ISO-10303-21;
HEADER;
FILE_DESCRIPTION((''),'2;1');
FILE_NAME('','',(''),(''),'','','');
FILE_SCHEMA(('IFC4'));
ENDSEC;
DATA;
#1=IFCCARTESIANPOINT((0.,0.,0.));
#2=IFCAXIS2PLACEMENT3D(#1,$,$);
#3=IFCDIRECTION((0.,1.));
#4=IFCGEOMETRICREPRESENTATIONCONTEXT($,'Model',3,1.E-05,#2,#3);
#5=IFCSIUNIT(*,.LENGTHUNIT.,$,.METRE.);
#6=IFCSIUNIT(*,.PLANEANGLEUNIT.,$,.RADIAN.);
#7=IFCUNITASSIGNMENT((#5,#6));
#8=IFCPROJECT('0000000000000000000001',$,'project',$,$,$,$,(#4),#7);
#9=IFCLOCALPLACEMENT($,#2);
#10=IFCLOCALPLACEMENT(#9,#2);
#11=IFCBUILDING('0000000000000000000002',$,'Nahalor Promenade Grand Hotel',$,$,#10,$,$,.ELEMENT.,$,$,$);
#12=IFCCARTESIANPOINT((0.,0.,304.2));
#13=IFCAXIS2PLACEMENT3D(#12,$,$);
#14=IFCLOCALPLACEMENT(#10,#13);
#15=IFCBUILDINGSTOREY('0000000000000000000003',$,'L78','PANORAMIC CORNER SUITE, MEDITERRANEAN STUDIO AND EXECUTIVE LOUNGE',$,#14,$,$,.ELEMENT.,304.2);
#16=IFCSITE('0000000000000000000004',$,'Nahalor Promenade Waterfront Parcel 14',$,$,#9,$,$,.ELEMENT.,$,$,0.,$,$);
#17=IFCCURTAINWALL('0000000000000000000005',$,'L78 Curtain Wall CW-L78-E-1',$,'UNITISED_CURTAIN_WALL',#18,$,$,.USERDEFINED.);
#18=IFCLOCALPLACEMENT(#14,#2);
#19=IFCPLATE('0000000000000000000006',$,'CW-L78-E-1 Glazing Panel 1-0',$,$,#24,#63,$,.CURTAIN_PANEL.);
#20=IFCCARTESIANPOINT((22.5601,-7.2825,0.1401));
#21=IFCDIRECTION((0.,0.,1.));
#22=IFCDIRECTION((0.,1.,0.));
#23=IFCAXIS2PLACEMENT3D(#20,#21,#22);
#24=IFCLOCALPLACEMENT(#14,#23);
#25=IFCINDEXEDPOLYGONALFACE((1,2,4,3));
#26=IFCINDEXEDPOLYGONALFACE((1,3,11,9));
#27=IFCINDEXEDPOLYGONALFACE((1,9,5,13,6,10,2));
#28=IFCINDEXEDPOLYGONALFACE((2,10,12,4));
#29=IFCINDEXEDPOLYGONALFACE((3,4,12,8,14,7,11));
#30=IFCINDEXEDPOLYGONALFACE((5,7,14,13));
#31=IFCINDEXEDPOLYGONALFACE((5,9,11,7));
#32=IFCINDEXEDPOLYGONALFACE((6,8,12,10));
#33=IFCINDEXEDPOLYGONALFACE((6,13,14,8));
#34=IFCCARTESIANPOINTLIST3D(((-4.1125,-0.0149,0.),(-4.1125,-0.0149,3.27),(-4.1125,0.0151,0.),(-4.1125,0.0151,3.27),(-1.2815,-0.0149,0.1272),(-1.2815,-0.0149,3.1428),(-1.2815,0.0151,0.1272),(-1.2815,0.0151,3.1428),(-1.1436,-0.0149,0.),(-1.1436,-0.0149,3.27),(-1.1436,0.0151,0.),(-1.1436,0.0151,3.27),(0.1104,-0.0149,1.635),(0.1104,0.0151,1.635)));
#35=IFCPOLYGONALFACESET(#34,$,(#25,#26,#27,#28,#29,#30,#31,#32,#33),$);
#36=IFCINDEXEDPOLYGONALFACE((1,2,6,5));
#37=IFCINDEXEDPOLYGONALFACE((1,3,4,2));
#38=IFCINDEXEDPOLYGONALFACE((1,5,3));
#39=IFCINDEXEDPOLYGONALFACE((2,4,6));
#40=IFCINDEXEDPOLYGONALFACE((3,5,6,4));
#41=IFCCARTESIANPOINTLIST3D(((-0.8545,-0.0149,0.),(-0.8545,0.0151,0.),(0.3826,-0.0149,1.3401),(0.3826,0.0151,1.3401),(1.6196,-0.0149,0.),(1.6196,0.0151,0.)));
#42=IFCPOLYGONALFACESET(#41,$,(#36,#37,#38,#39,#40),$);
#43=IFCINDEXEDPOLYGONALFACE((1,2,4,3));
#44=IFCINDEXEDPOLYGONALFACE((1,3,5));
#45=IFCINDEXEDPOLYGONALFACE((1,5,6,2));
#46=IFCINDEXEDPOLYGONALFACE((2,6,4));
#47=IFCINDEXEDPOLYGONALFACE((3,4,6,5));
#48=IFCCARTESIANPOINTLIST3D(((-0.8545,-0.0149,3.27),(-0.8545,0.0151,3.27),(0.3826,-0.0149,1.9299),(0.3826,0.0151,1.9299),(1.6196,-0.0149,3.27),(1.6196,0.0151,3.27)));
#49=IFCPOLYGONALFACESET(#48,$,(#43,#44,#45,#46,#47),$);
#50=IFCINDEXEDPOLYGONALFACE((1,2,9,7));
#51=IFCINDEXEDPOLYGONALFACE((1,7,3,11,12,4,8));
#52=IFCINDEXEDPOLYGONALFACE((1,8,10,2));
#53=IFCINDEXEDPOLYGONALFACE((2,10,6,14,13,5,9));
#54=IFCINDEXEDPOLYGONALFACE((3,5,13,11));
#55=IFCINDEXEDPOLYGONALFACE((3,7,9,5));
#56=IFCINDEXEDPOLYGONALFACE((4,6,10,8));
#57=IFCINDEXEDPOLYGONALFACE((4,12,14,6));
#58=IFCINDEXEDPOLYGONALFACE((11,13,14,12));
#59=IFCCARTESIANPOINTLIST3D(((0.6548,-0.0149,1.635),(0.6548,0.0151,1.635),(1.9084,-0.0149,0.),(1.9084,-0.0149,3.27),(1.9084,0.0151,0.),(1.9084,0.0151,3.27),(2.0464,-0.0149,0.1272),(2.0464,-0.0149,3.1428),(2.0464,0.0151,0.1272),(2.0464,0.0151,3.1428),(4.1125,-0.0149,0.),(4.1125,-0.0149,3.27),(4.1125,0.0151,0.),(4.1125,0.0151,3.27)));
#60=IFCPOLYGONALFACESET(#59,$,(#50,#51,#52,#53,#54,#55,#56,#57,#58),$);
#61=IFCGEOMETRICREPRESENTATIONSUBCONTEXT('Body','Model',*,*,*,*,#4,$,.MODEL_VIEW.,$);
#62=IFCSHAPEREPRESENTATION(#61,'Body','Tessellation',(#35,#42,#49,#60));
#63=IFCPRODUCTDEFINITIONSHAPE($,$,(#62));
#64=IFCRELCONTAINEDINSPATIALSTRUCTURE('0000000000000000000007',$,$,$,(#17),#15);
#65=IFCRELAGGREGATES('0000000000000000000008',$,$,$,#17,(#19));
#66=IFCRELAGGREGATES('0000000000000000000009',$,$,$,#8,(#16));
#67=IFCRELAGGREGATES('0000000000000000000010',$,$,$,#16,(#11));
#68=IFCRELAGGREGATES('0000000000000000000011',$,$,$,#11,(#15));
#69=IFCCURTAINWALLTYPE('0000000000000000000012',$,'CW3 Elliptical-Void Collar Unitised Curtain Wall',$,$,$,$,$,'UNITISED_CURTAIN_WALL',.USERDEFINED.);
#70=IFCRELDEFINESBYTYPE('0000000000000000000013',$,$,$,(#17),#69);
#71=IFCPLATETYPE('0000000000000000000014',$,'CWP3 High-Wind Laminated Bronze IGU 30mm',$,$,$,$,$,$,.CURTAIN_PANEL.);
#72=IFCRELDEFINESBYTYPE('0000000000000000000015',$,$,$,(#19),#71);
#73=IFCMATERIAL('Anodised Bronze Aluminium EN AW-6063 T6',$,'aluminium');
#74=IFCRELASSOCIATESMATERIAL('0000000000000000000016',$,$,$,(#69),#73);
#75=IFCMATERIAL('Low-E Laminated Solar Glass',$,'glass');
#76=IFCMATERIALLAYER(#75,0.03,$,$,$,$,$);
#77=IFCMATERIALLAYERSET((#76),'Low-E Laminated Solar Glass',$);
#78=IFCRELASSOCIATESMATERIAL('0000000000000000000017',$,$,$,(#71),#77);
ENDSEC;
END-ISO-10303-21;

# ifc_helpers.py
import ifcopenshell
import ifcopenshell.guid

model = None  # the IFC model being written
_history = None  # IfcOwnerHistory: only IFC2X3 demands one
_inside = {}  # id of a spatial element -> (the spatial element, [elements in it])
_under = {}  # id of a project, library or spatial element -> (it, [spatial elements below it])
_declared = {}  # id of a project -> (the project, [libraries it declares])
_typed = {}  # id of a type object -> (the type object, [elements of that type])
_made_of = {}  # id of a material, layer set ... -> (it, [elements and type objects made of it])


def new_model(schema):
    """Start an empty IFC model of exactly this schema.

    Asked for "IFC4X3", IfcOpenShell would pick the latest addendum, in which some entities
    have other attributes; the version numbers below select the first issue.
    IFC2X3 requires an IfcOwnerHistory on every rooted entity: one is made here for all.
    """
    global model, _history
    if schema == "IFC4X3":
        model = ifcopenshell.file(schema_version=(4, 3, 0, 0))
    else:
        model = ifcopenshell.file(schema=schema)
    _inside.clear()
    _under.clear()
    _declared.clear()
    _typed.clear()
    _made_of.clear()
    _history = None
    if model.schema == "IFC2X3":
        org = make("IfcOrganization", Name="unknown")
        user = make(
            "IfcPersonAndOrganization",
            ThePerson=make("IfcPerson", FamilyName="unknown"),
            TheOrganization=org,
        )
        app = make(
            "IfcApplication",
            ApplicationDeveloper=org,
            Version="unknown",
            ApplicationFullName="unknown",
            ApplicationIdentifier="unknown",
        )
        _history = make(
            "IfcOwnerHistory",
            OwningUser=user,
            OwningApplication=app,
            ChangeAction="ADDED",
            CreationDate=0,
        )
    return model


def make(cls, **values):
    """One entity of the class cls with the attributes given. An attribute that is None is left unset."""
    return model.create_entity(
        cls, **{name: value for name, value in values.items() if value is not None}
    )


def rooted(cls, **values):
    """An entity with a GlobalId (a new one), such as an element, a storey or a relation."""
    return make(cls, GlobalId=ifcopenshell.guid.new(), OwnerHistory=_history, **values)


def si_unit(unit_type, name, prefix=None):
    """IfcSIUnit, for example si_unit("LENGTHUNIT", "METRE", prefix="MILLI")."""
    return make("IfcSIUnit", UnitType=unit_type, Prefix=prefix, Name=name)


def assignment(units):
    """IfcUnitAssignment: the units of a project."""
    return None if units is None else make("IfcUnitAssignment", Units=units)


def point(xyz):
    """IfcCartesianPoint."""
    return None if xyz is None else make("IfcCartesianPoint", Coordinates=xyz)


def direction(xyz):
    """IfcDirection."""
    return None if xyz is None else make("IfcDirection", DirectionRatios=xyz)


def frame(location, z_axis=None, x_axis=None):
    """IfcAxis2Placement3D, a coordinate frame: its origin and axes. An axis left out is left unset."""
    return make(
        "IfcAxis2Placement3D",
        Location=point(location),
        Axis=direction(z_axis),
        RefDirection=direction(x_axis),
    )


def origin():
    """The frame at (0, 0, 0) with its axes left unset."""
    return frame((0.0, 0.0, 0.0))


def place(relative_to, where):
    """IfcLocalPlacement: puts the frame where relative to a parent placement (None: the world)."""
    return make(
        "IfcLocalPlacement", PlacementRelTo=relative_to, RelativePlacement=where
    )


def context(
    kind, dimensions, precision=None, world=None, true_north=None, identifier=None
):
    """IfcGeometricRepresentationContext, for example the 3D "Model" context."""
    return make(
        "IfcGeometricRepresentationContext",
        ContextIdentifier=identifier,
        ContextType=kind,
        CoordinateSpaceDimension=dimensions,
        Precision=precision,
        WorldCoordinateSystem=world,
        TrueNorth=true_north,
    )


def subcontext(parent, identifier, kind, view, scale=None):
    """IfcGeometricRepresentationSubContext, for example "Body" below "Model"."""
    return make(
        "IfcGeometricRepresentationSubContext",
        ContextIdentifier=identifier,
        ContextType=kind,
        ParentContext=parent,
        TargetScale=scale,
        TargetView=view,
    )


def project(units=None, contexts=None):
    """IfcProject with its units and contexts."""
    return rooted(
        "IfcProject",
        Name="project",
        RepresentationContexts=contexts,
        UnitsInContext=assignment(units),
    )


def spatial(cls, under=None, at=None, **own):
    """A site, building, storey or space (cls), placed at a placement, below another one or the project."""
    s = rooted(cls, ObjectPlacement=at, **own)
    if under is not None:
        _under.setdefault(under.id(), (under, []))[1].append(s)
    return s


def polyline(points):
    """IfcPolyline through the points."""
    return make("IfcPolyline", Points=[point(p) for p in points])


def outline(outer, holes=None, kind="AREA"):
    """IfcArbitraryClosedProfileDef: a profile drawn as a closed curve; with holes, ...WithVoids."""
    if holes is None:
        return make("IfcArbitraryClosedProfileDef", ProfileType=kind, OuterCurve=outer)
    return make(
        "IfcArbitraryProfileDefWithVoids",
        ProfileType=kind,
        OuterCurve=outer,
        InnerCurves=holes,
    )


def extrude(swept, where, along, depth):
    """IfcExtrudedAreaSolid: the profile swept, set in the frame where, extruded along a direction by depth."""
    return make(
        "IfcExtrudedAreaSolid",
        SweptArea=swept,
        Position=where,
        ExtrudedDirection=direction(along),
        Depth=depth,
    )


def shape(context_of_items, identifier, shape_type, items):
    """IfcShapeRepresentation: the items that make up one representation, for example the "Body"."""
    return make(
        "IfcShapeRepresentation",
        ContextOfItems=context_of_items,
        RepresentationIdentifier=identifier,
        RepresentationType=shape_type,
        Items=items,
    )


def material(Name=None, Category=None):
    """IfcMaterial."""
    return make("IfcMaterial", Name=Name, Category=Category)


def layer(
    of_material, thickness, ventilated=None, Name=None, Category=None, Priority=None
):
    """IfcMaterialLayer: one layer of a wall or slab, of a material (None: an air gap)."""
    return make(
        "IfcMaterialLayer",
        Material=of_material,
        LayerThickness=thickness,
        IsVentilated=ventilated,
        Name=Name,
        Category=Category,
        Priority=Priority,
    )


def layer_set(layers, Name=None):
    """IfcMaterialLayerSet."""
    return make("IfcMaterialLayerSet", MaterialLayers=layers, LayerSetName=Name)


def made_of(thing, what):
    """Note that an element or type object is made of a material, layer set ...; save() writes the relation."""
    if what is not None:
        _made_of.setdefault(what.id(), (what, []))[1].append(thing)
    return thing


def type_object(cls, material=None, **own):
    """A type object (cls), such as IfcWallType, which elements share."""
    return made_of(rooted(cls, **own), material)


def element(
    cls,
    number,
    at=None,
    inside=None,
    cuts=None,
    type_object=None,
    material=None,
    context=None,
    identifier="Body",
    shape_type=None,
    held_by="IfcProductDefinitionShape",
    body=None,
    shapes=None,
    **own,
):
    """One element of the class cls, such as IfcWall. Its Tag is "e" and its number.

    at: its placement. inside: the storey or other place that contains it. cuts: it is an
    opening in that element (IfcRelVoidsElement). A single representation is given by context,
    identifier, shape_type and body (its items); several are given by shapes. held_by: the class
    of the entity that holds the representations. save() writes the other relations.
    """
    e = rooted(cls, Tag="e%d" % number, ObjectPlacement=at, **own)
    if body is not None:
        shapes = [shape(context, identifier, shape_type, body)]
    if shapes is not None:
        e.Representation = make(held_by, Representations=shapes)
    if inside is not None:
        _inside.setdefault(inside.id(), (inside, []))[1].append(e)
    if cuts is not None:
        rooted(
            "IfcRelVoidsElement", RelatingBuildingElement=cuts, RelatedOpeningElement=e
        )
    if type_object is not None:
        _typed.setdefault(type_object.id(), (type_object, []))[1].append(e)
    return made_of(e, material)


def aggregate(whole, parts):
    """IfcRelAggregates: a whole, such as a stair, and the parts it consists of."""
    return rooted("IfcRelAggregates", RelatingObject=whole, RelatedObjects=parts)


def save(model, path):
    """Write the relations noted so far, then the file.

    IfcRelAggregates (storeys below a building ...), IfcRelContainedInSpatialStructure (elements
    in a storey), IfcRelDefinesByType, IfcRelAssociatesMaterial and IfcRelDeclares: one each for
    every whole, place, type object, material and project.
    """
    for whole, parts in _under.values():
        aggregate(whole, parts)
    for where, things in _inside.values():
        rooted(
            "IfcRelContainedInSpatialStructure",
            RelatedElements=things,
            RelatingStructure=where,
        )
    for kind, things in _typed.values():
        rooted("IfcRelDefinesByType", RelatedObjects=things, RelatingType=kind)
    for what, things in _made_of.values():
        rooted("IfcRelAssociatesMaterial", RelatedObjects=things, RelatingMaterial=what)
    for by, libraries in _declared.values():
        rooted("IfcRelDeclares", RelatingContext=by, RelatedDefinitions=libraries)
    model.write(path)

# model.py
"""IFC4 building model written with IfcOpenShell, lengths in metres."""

from ifc_helpers import new_model, si_unit, direction, frame, origin, place, context, subcontext, project, spatial, polyline, outline, extrude, material, layer, layer_set, type_object, element, aggregate, save


model = new_model("IFC4")

# Units and contexts
model_context = context("Model", 3, precision=1e-05, world=origin(), true_north=direction((0.0, 1.0)))
body_context = subcontext(model_context, "Body", "Model", "MODEL_VIEW")
ifc_project = project(units=[si_unit("LENGTHUNIT", "METRE"), si_unit("PLANEANGLEUNIT", "RADIAN")], contexts=[model_context])

# Site, building, storey
site_placement = place(None, origin())
site = spatial("IfcSite", under=ifc_project, at=site_placement, Name="Nahalor Promenade Waterfront Parcel 14", CompositionType="ELEMENT", RefElevation=0.0)
building_placement = place(site_placement, origin())
building = spatial("IfcBuilding", under=site, at=building_placement, Name="Nahalor Promenade Grand Hotel", CompositionType="ELEMENT")
storey_placement = place(building_placement, frame((0.0, 0.0, 304.2)))
storey = spatial("IfcBuildingStorey", under=building, at=storey_placement, Name="L78", Description="PANORAMIC CORNER SUITE, MEDITERRANEAN STUDIO AND EXECUTIVE LOUNGE", CompositionType="ELEMENT", Elevation=304.2)

# Shared definitions
ifc_material_1 = material(Name="Anodised Bronze Aluminium EN AW-6063 T6", Category="aluminium")

# Curtain wall
curtain_wall_type_1 = type_object("IfcCurtainWallType", Name="CW3 Elliptical-Void Collar Unitised Curtain Wall", ElementType="UNITISED_CURTAIN_WALL", PredefinedType="USERDEFINED", material=ifc_material_1)
curtain_wall_1_placement = place(storey_placement, origin())
curtain_wall_1 = element("IfcCurtainWall", 1, at=curtain_wall_1_placement, inside=storey, type_object=curtain_wall_type_1, Name="L78 Curtain Wall CW-L78-E-1", ObjectType="UNITISED_CURTAIN_WALL", PredefinedType="USERDEFINED")

# Plate
ifc_material_2 = material(Name="Low-E Laminated Solar Glass", Category="glass")
ifc_layer_1 = layer(ifc_material_2, 0.03)
ifc_layer_set_1 = layer_set([ifc_layer_1], Name="Low-E Laminated Solar Glass")
plate_type_1 = type_object("IfcPlateType", Name="CWP3 High-Wind Laminated Bronze IGU 30mm", PredefinedType="CURTAIN_PANEL", material=ifc_layer_set_1)
plate_1_placement = place(storey_placement, frame((22.5601, -7.2825, 0.1401), z_axis=(0.0, 0.0, 1.0), x_axis=(0.0, 1.0, 0.0)))
plate_1 = element("IfcPlate", 2, at=plate_1_placement, type_object=plate_type_1, Name="CW-L78-E-1 Glazing Panel 1-0", PredefinedType="CURTAIN_PANEL", context=body_context, shape_type="SweptSolid", body=[
    extrude(outline(polyline([(-4.1125, 3.27), (-4.1125, 0.0), (-1.1436, 0.0), (-1.2815, 0.1272), (0.1104, 1.635), (-1.2815, 3.1428), (-1.1436, 3.27), (-4.1125, 3.27)])), frame((0.0, 0.0151, 0.0), z_axis=(0.0, -1.0, 0.0), x_axis=(1.0, 0.0, 0.0)), (0.0, 0.0, 1.0), 0.03),
    extrude(outline(polyline([(0.3826, 1.3401), (-0.8545, 0.0), (1.6196, 0.0), (0.3826, 1.3401)])), frame((0.0, 0.0151, 0.0), z_axis=(0.0, -1.0, 0.0), x_axis=(1.0, 0.0, 0.0)), (0.0, 0.0, 1.0), 0.03),
    extrude(outline(polyline([(0.3826, 1.9299), (1.6196, 3.27), (-0.8545, 3.27), (0.3826, 1.9299)])), frame((0.0, 0.0151, 0.0), z_axis=(0.0, -1.0, 0.0), x_axis=(1.0, 0.0, 0.0)), (0.0, 0.0, 1.0), 0.03),
    extrude(outline(polyline([(4.1125, 0.0), (4.1125, 3.27), (1.9084, 3.27), (2.0464, 3.1428), (0.6548, 1.635), (2.0464, 0.1272), (1.9084, 0.0), (4.1125, 0.0)])), frame((0.0, 0.0151, 0.0), z_axis=(0.0, -1.0, 0.0), x_axis=(1.0, 0.0, 0.0)), (0.0, 0.0, 1.0), 0.03),
])
aggregate(curtain_wall_1, [plate_1])

save(model, "model.ifc")
